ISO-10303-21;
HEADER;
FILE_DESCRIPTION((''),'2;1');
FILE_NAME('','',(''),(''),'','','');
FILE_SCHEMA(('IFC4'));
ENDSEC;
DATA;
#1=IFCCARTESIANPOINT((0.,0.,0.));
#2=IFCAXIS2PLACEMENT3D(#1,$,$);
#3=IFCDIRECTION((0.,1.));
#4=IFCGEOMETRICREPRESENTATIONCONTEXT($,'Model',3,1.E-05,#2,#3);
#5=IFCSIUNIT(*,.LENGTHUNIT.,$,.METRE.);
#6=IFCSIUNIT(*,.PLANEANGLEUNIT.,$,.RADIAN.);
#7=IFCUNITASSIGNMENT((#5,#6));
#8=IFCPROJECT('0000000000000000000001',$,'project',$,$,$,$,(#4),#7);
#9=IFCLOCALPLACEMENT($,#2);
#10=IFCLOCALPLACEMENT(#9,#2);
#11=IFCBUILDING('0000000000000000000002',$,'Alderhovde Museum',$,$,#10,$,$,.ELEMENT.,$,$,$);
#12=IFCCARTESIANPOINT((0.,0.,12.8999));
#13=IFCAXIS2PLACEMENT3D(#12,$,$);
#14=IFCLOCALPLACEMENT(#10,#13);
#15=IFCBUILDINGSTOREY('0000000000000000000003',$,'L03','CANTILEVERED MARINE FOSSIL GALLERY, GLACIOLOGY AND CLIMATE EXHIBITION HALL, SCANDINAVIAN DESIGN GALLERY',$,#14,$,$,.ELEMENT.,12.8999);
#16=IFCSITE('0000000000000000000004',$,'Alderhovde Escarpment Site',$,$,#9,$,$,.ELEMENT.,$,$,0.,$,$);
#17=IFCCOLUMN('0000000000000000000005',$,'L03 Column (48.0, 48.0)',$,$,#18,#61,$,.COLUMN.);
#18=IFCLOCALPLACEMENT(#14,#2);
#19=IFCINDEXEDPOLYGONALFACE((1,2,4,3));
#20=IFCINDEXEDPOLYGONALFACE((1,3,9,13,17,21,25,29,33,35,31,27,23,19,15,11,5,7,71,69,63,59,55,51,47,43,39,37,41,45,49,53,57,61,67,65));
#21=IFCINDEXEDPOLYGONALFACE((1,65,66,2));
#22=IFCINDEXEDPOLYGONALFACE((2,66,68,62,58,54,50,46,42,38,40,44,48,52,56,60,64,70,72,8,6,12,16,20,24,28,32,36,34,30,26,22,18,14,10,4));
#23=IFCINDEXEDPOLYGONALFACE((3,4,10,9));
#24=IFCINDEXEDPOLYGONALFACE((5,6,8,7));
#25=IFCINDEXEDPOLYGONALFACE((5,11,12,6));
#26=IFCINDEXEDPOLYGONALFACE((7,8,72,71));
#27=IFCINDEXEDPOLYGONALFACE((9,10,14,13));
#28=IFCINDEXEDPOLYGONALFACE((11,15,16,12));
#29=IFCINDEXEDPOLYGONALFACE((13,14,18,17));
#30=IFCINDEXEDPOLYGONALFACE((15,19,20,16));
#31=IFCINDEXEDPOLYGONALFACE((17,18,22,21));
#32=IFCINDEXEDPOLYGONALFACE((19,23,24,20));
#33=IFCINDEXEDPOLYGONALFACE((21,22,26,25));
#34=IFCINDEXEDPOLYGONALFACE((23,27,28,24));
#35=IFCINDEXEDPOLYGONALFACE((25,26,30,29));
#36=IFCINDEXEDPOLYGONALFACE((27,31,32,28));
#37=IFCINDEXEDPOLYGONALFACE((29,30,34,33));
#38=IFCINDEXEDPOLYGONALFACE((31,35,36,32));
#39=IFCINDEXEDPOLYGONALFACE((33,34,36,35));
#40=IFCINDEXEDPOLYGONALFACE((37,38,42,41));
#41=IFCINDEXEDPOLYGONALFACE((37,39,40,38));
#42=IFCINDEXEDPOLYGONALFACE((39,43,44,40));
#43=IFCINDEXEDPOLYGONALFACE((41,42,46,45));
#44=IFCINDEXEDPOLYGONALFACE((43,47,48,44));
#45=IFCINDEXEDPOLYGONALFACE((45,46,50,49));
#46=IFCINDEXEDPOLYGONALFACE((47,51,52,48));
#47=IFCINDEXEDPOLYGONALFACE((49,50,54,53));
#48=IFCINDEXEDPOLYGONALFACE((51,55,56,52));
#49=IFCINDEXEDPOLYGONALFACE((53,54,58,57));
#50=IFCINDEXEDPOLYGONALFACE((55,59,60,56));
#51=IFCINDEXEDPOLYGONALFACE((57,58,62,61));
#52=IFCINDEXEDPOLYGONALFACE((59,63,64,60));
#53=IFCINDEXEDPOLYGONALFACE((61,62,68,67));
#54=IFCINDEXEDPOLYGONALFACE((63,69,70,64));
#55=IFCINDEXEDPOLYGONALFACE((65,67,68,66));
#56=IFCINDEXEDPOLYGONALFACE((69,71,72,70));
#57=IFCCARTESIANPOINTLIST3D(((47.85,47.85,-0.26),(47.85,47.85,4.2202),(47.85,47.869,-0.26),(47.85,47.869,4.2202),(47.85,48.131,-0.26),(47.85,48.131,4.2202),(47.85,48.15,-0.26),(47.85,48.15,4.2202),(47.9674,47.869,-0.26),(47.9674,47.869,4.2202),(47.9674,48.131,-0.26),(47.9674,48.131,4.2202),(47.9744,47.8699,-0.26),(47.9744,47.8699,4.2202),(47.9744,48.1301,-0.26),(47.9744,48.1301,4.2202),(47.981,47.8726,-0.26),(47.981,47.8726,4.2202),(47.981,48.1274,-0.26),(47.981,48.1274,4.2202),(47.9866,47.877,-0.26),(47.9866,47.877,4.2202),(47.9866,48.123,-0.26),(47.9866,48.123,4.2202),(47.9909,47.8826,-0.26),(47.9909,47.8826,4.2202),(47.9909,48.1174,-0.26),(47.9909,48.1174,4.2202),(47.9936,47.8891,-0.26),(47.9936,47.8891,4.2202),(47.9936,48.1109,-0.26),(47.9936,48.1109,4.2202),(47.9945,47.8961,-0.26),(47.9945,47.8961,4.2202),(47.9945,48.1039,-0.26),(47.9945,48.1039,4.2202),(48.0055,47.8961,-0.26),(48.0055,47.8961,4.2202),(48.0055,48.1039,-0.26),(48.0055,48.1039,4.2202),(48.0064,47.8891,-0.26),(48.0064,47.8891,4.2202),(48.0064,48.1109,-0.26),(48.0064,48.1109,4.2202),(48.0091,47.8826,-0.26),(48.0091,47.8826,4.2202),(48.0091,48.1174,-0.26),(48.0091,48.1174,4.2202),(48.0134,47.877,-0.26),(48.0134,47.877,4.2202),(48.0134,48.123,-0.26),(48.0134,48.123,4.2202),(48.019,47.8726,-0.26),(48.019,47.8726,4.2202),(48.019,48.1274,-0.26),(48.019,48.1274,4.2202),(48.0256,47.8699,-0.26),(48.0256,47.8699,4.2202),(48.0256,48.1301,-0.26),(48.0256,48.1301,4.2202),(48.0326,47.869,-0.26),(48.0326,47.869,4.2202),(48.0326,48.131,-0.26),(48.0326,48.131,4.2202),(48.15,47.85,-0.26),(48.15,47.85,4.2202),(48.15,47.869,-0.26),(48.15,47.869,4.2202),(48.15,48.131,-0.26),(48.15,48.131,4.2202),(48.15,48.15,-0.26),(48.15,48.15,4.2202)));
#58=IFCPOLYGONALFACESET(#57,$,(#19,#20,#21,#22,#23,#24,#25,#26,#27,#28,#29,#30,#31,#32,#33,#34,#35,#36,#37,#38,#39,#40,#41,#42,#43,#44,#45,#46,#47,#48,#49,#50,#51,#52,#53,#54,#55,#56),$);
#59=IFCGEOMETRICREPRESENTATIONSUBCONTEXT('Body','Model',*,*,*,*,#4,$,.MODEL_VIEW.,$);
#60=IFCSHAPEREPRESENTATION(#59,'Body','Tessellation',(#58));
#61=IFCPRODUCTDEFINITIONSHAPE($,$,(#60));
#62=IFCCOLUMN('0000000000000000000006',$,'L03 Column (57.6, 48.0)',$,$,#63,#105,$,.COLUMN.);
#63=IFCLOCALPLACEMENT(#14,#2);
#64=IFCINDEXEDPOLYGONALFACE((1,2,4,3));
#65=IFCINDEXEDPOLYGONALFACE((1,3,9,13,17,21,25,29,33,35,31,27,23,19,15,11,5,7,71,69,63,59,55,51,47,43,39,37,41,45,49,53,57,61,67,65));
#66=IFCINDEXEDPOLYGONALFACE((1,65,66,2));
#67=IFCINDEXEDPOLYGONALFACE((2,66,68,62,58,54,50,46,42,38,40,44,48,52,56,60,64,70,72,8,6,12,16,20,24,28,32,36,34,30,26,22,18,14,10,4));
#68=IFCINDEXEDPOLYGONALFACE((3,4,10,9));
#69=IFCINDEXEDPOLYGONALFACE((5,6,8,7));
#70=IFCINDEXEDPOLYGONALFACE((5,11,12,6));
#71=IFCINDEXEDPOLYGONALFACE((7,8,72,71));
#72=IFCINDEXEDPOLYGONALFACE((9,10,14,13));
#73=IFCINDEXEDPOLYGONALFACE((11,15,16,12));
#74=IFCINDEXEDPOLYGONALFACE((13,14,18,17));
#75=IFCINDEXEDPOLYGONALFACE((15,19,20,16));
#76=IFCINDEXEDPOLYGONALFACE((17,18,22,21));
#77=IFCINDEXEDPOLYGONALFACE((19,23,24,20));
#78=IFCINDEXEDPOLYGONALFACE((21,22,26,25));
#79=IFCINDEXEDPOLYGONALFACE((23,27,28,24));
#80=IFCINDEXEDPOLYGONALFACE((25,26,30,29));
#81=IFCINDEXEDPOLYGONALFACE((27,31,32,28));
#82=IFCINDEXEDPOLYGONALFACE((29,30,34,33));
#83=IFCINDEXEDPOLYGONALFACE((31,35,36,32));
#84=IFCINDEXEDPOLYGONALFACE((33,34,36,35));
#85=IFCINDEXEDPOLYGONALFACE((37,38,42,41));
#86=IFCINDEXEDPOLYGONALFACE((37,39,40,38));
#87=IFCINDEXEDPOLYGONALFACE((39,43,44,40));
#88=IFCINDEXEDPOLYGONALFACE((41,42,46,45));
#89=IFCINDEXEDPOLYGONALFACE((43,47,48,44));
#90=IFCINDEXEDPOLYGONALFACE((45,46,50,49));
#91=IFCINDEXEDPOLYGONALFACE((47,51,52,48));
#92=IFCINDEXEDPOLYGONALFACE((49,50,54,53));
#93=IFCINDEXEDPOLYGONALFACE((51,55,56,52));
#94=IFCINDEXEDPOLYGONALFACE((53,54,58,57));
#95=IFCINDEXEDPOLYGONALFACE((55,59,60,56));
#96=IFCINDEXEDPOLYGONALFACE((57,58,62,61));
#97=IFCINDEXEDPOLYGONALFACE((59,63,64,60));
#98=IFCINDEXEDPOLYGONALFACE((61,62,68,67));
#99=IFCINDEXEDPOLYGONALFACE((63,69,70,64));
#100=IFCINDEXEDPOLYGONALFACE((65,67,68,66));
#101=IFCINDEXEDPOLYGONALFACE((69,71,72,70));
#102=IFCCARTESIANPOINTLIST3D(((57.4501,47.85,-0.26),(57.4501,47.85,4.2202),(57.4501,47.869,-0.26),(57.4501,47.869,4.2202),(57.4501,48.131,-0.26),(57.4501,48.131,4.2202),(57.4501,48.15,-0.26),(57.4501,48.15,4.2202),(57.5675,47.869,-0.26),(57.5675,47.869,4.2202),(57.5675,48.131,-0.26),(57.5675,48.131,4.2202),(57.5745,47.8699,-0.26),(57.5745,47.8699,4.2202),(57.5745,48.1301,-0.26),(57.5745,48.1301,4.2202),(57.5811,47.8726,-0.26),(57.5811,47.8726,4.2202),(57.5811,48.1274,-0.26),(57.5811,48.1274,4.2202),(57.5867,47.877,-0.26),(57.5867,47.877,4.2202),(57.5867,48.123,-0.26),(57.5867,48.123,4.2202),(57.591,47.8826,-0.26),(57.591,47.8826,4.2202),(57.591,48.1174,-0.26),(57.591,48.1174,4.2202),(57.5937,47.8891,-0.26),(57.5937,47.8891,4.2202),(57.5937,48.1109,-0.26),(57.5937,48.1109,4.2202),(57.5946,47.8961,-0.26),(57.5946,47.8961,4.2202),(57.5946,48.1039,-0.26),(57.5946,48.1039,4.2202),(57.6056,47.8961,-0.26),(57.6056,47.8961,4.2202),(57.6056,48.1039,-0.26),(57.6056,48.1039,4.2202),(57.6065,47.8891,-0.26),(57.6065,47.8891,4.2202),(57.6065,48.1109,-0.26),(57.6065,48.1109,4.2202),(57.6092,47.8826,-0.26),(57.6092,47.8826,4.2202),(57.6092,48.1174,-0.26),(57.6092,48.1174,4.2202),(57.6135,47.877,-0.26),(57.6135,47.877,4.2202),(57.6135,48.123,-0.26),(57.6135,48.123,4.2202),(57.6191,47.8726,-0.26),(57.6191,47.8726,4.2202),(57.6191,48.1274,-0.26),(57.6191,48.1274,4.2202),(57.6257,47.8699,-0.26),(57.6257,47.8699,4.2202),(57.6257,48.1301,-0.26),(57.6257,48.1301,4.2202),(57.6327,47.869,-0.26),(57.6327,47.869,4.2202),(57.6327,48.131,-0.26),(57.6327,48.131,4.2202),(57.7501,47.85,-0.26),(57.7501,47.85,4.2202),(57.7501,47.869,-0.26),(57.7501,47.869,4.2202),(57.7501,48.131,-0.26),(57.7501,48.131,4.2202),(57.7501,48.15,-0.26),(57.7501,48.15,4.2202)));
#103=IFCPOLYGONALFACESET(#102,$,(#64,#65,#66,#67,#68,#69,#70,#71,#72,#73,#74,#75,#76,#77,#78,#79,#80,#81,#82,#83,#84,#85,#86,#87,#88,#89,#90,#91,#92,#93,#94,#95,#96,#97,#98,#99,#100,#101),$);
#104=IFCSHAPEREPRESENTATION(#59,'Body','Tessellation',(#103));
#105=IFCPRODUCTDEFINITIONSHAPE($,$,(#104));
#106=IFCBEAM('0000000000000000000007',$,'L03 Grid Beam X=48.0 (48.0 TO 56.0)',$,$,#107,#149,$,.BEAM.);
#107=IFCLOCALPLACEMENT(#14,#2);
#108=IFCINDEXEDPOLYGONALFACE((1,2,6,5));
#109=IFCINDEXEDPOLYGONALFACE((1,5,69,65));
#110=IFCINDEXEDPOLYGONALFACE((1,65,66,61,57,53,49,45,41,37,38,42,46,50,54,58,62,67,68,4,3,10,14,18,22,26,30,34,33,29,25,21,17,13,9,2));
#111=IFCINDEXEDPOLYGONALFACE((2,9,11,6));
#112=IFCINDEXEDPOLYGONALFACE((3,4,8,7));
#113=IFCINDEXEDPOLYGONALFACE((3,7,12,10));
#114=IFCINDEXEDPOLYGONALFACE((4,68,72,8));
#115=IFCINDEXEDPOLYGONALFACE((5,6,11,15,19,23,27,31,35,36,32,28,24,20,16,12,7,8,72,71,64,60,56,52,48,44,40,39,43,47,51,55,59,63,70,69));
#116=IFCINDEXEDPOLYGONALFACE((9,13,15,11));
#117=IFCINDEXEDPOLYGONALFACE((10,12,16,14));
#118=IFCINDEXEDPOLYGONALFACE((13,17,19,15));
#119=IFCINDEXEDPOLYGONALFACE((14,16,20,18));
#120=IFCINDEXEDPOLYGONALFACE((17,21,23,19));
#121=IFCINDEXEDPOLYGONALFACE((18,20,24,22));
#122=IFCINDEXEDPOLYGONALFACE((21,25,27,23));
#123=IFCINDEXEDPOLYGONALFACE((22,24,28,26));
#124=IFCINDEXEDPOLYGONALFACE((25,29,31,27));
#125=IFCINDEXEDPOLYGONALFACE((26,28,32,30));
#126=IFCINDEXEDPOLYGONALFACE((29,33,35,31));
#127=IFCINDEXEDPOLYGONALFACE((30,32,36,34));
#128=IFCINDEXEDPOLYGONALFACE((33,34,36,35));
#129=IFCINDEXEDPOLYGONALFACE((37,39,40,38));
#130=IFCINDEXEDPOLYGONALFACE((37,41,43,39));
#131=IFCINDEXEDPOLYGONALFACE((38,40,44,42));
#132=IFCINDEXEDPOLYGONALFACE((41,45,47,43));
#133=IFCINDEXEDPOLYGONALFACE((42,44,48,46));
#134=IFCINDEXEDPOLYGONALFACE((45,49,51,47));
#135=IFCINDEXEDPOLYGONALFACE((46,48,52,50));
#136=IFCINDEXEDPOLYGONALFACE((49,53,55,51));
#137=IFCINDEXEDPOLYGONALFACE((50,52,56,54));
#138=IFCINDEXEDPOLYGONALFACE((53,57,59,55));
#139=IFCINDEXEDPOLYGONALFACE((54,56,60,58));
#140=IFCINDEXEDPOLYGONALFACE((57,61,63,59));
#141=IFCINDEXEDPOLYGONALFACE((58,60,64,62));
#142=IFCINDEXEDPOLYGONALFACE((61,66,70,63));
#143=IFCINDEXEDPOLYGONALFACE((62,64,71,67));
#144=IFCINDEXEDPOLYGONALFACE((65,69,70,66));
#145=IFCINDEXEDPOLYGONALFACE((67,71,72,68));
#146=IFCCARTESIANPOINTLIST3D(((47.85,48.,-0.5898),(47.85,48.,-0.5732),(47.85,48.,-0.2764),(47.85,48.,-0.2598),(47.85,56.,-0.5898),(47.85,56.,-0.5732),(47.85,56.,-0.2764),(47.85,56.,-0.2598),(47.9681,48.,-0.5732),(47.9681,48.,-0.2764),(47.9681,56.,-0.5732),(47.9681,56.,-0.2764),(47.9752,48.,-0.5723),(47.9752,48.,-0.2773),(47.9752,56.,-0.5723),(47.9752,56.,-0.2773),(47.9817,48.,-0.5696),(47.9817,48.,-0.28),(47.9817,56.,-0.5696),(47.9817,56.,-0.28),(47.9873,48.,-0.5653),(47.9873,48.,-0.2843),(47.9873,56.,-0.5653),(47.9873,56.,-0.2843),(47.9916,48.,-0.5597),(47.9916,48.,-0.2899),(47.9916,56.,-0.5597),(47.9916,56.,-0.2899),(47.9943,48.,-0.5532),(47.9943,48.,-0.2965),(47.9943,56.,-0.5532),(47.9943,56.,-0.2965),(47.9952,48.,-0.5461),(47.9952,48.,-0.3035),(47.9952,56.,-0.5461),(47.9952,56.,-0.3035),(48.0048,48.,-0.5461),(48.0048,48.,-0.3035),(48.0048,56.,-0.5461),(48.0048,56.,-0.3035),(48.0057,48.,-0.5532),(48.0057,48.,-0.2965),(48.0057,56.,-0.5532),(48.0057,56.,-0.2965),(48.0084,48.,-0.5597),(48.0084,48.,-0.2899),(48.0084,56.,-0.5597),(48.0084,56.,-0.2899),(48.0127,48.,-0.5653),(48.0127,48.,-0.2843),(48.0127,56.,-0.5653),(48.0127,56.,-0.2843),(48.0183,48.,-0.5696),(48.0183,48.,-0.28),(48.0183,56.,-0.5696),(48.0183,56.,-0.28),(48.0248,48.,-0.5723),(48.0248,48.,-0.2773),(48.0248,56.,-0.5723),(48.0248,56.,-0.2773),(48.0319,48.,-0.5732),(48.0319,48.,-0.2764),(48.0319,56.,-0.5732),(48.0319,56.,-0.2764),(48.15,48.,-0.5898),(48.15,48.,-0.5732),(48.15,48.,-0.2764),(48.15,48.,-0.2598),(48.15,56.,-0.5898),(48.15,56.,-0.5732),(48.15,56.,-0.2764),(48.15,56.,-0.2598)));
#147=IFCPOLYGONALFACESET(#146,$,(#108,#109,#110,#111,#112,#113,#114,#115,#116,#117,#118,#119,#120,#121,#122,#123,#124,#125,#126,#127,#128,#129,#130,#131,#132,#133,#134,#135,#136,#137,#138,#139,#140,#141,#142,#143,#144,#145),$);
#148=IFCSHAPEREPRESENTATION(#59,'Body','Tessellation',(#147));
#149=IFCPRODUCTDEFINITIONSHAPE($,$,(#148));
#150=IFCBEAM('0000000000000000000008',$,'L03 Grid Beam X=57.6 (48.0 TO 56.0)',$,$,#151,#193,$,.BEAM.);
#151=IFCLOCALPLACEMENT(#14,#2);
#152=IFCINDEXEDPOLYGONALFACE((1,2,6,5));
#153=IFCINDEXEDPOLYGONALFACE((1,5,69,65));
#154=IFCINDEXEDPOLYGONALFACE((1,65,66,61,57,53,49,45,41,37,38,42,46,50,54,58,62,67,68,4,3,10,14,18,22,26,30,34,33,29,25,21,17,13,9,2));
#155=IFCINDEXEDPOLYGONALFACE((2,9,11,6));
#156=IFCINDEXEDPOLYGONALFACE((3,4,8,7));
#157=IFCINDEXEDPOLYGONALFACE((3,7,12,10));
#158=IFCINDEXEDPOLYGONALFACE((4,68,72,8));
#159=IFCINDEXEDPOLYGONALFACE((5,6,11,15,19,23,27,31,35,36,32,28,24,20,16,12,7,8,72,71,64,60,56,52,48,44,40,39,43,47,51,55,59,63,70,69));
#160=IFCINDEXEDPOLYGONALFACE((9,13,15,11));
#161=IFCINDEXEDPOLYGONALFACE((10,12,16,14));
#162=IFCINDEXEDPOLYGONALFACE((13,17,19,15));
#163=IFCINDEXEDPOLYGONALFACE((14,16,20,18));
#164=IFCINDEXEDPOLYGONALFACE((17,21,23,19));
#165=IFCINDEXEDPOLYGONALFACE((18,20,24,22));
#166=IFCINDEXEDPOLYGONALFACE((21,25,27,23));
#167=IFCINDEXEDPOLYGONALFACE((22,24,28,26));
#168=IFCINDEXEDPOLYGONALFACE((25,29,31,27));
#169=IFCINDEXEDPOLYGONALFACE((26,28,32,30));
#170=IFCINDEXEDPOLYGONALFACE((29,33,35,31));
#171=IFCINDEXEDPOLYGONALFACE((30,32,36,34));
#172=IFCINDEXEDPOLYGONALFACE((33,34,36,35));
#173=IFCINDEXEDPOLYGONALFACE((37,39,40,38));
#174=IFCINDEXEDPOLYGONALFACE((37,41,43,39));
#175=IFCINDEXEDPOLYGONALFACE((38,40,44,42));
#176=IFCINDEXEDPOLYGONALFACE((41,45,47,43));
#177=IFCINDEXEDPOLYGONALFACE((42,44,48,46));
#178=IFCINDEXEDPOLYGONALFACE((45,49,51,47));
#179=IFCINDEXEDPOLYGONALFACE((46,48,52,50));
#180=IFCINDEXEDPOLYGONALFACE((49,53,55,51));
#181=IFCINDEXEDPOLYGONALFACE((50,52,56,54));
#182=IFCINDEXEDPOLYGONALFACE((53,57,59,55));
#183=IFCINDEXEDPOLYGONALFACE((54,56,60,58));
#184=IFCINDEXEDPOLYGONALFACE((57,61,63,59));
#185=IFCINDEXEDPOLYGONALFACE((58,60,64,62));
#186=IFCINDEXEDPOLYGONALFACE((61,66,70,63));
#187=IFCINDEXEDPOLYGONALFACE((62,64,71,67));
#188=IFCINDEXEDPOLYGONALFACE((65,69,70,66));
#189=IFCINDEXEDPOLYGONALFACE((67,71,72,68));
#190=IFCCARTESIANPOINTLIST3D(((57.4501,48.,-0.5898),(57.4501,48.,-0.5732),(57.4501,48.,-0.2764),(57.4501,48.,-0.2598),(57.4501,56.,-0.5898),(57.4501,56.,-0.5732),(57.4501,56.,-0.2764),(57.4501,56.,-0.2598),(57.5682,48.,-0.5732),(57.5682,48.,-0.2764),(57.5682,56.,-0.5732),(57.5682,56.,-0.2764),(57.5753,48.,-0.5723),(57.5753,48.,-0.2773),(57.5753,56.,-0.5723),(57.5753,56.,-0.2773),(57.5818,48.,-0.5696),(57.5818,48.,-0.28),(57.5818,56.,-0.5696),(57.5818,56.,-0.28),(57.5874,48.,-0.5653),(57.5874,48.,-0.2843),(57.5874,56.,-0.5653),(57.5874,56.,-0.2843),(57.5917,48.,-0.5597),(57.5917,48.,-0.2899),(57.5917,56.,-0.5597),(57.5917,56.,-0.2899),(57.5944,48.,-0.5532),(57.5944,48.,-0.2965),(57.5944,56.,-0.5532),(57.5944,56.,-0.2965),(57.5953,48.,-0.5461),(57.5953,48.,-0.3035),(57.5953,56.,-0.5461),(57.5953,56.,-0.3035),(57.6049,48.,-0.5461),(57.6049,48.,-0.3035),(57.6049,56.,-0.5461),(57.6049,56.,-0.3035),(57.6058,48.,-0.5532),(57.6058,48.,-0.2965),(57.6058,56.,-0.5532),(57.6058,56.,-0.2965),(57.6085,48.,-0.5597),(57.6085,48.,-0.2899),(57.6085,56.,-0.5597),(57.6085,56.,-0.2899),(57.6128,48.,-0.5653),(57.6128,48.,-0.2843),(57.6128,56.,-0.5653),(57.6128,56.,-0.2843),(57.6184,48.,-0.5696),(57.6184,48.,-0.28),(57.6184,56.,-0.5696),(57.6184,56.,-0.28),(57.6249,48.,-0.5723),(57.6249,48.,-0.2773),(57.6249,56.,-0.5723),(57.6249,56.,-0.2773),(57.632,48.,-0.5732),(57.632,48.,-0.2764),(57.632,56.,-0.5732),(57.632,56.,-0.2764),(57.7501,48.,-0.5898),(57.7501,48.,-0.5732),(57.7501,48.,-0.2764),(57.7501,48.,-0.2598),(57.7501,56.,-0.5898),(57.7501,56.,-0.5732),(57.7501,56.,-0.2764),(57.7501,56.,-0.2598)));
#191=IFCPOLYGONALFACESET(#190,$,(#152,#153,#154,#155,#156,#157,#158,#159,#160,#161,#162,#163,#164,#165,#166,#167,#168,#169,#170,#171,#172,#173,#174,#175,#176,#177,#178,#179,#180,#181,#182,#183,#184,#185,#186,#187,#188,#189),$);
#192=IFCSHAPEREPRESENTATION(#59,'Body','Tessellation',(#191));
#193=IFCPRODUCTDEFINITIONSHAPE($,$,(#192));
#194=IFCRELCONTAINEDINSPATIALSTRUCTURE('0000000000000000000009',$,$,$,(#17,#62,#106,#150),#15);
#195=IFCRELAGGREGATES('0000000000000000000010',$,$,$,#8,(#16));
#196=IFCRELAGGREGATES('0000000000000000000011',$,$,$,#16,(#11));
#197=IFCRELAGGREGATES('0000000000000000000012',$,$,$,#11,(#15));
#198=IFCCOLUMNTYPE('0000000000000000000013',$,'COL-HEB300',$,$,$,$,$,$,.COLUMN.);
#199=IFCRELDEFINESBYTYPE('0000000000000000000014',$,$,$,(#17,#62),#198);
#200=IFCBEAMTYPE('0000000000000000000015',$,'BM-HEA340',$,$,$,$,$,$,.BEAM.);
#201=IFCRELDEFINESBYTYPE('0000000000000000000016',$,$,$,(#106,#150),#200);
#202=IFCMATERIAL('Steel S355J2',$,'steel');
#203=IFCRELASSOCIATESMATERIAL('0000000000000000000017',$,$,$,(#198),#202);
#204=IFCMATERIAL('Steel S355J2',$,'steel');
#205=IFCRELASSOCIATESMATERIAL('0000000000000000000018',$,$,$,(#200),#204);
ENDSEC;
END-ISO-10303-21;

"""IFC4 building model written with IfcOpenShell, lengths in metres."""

from ifc_helpers import new_model, si_unit, direction, frame, origin, origin_2d, place, context, subcontext, project, spatial, i_section, extrude, material, material_profile, profile_set, type_object, element, save


model = new_model("IFC4")

# Units and contexts
model_context = context("Model", 3, precision=1e-05, world=origin(), true_north=direction((0.0, 1.0)))
body_context = subcontext(model_context, "Body", "Model", "MODEL_VIEW")
ifc_project = project(units=[si_unit("LENGTHUNIT", "METRE"), si_unit("PLANEANGLEUNIT", "RADIAN")], contexts=[model_context])

# Site, building, storey
site_placement = place(None, origin())
site = spatial("IfcSite", under=ifc_project, at=site_placement, Name="Alderhovde Escarpment Site", CompositionType="ELEMENT", RefElevation=0.0)
building_placement = place(site_placement, origin())
building = spatial("IfcBuilding", under=site, at=building_placement, Name="Alderhovde Museum", CompositionType="ELEMENT")
storey_placement = place(building_placement, frame((0.0, 0.0, 12.8999)))
storey = spatial("IfcBuildingStorey", under=building, at=storey_placement, Name="L03", Description="CANTILEVERED MARINE FOSSIL GALLERY, GLACIOLOGY AND CLIMATE EXHIBITION HALL, SCANDINAVIAN DESIGN GALLERY", CompositionType="ELEMENT", Elevation=12.8999)

# Columns
ifc_material_1 = material(Name="Steel S355J2", Category="steel")
ifc_material_profile_1 = material_profile(ifc_material_1, i_section(OverallWidth=0.3, OverallDepth=0.3, WebThickness=0.011, FlangeThickness=0.019, FilletRadius=0.0271, at=origin_2d()), Name="HEB 300")
ifc_profile_set_1 = profile_set([ifc_material_profile_1], Name="Steel S355J2")
column_type = type_object("IfcColumnType", Name="COL-HEB300", PredefinedType="COLUMN", material=ifc_profile_set_1)
for number, where, z_axis, x_axis, name in (
    (1, (48.0, 48.0, -0.26), (0.0, 0.0, 1.0), (1.0, 0.0, 0.0), "L03 Column (48.0, 48.0)"),
    (2, (57.6001, 48.0, -0.26), (0.0, 0.0, 1.0), (1.0, 0.0, 0.0), "L03 Column (57.6, 48.0)"),
):
    element("IfcColumn", number, at=place(storey_placement, frame(where, z_axis=z_axis, x_axis=x_axis)), inside=storey, type_object=column_type, Name=name, PredefinedType="COLUMN", context=body_context, shape_type="SweptSolid", body=[
        extrude(i_section(OverallWidth=0.3, OverallDepth=0.3, WebThickness=0.011, FlangeThickness=0.019, FilletRadius=0.0271, at=origin_2d()), origin(), (0.0, 0.0, 1.0), 4.4802),
    ])

# Beams
ifc_material_2 = material(Name="Steel S355J2", Category="steel")
ifc_material_profile_2 = material_profile(ifc_material_2, i_section(OverallWidth=0.3, OverallDepth=0.3301, WebThickness=0.0095, FlangeThickness=0.0166, FilletRadius=0.0271, at=origin_2d()), Name="HEA 340")
ifc_profile_set_2 = profile_set([ifc_material_profile_2], Name="Steel S355J2")
beam_type_1 = type_object("IfcBeamType", Name="BM-HEA340", PredefinedType="BEAM", material=ifc_profile_set_2)
for number, where, z_axis, x_axis, name in (
    (3, (48.0, 48.0, -0.4248), (0.0, 1.0, 0.0), (-1.0, 0.0, 0.0), "L03 Grid Beam X=48.0 (48.0 TO 56.0)"),
    (4, (57.6001, 48.0, -0.4248), (0.0, 1.0, 0.0), (-1.0, 0.0, 0.0), "L03 Grid Beam X=57.6 (48.0 TO 56.0)"),
):
    element("IfcBeam", number, at=place(storey_placement, frame(where, z_axis=z_axis, x_axis=x_axis)), inside=storey, type_object=beam_type_1, Name=name, PredefinedType="BEAM", context=body_context, shape_type="SweptSolid", body=[
        extrude(i_section(OverallWidth=0.3, OverallDepth=0.3301, WebThickness=0.0095, FlangeThickness=0.0166, FilletRadius=0.0271, at=origin_2d()), origin(), (0.0, 0.0, 1.0), 8.0),
    ])

save(model, "model.ifc")
